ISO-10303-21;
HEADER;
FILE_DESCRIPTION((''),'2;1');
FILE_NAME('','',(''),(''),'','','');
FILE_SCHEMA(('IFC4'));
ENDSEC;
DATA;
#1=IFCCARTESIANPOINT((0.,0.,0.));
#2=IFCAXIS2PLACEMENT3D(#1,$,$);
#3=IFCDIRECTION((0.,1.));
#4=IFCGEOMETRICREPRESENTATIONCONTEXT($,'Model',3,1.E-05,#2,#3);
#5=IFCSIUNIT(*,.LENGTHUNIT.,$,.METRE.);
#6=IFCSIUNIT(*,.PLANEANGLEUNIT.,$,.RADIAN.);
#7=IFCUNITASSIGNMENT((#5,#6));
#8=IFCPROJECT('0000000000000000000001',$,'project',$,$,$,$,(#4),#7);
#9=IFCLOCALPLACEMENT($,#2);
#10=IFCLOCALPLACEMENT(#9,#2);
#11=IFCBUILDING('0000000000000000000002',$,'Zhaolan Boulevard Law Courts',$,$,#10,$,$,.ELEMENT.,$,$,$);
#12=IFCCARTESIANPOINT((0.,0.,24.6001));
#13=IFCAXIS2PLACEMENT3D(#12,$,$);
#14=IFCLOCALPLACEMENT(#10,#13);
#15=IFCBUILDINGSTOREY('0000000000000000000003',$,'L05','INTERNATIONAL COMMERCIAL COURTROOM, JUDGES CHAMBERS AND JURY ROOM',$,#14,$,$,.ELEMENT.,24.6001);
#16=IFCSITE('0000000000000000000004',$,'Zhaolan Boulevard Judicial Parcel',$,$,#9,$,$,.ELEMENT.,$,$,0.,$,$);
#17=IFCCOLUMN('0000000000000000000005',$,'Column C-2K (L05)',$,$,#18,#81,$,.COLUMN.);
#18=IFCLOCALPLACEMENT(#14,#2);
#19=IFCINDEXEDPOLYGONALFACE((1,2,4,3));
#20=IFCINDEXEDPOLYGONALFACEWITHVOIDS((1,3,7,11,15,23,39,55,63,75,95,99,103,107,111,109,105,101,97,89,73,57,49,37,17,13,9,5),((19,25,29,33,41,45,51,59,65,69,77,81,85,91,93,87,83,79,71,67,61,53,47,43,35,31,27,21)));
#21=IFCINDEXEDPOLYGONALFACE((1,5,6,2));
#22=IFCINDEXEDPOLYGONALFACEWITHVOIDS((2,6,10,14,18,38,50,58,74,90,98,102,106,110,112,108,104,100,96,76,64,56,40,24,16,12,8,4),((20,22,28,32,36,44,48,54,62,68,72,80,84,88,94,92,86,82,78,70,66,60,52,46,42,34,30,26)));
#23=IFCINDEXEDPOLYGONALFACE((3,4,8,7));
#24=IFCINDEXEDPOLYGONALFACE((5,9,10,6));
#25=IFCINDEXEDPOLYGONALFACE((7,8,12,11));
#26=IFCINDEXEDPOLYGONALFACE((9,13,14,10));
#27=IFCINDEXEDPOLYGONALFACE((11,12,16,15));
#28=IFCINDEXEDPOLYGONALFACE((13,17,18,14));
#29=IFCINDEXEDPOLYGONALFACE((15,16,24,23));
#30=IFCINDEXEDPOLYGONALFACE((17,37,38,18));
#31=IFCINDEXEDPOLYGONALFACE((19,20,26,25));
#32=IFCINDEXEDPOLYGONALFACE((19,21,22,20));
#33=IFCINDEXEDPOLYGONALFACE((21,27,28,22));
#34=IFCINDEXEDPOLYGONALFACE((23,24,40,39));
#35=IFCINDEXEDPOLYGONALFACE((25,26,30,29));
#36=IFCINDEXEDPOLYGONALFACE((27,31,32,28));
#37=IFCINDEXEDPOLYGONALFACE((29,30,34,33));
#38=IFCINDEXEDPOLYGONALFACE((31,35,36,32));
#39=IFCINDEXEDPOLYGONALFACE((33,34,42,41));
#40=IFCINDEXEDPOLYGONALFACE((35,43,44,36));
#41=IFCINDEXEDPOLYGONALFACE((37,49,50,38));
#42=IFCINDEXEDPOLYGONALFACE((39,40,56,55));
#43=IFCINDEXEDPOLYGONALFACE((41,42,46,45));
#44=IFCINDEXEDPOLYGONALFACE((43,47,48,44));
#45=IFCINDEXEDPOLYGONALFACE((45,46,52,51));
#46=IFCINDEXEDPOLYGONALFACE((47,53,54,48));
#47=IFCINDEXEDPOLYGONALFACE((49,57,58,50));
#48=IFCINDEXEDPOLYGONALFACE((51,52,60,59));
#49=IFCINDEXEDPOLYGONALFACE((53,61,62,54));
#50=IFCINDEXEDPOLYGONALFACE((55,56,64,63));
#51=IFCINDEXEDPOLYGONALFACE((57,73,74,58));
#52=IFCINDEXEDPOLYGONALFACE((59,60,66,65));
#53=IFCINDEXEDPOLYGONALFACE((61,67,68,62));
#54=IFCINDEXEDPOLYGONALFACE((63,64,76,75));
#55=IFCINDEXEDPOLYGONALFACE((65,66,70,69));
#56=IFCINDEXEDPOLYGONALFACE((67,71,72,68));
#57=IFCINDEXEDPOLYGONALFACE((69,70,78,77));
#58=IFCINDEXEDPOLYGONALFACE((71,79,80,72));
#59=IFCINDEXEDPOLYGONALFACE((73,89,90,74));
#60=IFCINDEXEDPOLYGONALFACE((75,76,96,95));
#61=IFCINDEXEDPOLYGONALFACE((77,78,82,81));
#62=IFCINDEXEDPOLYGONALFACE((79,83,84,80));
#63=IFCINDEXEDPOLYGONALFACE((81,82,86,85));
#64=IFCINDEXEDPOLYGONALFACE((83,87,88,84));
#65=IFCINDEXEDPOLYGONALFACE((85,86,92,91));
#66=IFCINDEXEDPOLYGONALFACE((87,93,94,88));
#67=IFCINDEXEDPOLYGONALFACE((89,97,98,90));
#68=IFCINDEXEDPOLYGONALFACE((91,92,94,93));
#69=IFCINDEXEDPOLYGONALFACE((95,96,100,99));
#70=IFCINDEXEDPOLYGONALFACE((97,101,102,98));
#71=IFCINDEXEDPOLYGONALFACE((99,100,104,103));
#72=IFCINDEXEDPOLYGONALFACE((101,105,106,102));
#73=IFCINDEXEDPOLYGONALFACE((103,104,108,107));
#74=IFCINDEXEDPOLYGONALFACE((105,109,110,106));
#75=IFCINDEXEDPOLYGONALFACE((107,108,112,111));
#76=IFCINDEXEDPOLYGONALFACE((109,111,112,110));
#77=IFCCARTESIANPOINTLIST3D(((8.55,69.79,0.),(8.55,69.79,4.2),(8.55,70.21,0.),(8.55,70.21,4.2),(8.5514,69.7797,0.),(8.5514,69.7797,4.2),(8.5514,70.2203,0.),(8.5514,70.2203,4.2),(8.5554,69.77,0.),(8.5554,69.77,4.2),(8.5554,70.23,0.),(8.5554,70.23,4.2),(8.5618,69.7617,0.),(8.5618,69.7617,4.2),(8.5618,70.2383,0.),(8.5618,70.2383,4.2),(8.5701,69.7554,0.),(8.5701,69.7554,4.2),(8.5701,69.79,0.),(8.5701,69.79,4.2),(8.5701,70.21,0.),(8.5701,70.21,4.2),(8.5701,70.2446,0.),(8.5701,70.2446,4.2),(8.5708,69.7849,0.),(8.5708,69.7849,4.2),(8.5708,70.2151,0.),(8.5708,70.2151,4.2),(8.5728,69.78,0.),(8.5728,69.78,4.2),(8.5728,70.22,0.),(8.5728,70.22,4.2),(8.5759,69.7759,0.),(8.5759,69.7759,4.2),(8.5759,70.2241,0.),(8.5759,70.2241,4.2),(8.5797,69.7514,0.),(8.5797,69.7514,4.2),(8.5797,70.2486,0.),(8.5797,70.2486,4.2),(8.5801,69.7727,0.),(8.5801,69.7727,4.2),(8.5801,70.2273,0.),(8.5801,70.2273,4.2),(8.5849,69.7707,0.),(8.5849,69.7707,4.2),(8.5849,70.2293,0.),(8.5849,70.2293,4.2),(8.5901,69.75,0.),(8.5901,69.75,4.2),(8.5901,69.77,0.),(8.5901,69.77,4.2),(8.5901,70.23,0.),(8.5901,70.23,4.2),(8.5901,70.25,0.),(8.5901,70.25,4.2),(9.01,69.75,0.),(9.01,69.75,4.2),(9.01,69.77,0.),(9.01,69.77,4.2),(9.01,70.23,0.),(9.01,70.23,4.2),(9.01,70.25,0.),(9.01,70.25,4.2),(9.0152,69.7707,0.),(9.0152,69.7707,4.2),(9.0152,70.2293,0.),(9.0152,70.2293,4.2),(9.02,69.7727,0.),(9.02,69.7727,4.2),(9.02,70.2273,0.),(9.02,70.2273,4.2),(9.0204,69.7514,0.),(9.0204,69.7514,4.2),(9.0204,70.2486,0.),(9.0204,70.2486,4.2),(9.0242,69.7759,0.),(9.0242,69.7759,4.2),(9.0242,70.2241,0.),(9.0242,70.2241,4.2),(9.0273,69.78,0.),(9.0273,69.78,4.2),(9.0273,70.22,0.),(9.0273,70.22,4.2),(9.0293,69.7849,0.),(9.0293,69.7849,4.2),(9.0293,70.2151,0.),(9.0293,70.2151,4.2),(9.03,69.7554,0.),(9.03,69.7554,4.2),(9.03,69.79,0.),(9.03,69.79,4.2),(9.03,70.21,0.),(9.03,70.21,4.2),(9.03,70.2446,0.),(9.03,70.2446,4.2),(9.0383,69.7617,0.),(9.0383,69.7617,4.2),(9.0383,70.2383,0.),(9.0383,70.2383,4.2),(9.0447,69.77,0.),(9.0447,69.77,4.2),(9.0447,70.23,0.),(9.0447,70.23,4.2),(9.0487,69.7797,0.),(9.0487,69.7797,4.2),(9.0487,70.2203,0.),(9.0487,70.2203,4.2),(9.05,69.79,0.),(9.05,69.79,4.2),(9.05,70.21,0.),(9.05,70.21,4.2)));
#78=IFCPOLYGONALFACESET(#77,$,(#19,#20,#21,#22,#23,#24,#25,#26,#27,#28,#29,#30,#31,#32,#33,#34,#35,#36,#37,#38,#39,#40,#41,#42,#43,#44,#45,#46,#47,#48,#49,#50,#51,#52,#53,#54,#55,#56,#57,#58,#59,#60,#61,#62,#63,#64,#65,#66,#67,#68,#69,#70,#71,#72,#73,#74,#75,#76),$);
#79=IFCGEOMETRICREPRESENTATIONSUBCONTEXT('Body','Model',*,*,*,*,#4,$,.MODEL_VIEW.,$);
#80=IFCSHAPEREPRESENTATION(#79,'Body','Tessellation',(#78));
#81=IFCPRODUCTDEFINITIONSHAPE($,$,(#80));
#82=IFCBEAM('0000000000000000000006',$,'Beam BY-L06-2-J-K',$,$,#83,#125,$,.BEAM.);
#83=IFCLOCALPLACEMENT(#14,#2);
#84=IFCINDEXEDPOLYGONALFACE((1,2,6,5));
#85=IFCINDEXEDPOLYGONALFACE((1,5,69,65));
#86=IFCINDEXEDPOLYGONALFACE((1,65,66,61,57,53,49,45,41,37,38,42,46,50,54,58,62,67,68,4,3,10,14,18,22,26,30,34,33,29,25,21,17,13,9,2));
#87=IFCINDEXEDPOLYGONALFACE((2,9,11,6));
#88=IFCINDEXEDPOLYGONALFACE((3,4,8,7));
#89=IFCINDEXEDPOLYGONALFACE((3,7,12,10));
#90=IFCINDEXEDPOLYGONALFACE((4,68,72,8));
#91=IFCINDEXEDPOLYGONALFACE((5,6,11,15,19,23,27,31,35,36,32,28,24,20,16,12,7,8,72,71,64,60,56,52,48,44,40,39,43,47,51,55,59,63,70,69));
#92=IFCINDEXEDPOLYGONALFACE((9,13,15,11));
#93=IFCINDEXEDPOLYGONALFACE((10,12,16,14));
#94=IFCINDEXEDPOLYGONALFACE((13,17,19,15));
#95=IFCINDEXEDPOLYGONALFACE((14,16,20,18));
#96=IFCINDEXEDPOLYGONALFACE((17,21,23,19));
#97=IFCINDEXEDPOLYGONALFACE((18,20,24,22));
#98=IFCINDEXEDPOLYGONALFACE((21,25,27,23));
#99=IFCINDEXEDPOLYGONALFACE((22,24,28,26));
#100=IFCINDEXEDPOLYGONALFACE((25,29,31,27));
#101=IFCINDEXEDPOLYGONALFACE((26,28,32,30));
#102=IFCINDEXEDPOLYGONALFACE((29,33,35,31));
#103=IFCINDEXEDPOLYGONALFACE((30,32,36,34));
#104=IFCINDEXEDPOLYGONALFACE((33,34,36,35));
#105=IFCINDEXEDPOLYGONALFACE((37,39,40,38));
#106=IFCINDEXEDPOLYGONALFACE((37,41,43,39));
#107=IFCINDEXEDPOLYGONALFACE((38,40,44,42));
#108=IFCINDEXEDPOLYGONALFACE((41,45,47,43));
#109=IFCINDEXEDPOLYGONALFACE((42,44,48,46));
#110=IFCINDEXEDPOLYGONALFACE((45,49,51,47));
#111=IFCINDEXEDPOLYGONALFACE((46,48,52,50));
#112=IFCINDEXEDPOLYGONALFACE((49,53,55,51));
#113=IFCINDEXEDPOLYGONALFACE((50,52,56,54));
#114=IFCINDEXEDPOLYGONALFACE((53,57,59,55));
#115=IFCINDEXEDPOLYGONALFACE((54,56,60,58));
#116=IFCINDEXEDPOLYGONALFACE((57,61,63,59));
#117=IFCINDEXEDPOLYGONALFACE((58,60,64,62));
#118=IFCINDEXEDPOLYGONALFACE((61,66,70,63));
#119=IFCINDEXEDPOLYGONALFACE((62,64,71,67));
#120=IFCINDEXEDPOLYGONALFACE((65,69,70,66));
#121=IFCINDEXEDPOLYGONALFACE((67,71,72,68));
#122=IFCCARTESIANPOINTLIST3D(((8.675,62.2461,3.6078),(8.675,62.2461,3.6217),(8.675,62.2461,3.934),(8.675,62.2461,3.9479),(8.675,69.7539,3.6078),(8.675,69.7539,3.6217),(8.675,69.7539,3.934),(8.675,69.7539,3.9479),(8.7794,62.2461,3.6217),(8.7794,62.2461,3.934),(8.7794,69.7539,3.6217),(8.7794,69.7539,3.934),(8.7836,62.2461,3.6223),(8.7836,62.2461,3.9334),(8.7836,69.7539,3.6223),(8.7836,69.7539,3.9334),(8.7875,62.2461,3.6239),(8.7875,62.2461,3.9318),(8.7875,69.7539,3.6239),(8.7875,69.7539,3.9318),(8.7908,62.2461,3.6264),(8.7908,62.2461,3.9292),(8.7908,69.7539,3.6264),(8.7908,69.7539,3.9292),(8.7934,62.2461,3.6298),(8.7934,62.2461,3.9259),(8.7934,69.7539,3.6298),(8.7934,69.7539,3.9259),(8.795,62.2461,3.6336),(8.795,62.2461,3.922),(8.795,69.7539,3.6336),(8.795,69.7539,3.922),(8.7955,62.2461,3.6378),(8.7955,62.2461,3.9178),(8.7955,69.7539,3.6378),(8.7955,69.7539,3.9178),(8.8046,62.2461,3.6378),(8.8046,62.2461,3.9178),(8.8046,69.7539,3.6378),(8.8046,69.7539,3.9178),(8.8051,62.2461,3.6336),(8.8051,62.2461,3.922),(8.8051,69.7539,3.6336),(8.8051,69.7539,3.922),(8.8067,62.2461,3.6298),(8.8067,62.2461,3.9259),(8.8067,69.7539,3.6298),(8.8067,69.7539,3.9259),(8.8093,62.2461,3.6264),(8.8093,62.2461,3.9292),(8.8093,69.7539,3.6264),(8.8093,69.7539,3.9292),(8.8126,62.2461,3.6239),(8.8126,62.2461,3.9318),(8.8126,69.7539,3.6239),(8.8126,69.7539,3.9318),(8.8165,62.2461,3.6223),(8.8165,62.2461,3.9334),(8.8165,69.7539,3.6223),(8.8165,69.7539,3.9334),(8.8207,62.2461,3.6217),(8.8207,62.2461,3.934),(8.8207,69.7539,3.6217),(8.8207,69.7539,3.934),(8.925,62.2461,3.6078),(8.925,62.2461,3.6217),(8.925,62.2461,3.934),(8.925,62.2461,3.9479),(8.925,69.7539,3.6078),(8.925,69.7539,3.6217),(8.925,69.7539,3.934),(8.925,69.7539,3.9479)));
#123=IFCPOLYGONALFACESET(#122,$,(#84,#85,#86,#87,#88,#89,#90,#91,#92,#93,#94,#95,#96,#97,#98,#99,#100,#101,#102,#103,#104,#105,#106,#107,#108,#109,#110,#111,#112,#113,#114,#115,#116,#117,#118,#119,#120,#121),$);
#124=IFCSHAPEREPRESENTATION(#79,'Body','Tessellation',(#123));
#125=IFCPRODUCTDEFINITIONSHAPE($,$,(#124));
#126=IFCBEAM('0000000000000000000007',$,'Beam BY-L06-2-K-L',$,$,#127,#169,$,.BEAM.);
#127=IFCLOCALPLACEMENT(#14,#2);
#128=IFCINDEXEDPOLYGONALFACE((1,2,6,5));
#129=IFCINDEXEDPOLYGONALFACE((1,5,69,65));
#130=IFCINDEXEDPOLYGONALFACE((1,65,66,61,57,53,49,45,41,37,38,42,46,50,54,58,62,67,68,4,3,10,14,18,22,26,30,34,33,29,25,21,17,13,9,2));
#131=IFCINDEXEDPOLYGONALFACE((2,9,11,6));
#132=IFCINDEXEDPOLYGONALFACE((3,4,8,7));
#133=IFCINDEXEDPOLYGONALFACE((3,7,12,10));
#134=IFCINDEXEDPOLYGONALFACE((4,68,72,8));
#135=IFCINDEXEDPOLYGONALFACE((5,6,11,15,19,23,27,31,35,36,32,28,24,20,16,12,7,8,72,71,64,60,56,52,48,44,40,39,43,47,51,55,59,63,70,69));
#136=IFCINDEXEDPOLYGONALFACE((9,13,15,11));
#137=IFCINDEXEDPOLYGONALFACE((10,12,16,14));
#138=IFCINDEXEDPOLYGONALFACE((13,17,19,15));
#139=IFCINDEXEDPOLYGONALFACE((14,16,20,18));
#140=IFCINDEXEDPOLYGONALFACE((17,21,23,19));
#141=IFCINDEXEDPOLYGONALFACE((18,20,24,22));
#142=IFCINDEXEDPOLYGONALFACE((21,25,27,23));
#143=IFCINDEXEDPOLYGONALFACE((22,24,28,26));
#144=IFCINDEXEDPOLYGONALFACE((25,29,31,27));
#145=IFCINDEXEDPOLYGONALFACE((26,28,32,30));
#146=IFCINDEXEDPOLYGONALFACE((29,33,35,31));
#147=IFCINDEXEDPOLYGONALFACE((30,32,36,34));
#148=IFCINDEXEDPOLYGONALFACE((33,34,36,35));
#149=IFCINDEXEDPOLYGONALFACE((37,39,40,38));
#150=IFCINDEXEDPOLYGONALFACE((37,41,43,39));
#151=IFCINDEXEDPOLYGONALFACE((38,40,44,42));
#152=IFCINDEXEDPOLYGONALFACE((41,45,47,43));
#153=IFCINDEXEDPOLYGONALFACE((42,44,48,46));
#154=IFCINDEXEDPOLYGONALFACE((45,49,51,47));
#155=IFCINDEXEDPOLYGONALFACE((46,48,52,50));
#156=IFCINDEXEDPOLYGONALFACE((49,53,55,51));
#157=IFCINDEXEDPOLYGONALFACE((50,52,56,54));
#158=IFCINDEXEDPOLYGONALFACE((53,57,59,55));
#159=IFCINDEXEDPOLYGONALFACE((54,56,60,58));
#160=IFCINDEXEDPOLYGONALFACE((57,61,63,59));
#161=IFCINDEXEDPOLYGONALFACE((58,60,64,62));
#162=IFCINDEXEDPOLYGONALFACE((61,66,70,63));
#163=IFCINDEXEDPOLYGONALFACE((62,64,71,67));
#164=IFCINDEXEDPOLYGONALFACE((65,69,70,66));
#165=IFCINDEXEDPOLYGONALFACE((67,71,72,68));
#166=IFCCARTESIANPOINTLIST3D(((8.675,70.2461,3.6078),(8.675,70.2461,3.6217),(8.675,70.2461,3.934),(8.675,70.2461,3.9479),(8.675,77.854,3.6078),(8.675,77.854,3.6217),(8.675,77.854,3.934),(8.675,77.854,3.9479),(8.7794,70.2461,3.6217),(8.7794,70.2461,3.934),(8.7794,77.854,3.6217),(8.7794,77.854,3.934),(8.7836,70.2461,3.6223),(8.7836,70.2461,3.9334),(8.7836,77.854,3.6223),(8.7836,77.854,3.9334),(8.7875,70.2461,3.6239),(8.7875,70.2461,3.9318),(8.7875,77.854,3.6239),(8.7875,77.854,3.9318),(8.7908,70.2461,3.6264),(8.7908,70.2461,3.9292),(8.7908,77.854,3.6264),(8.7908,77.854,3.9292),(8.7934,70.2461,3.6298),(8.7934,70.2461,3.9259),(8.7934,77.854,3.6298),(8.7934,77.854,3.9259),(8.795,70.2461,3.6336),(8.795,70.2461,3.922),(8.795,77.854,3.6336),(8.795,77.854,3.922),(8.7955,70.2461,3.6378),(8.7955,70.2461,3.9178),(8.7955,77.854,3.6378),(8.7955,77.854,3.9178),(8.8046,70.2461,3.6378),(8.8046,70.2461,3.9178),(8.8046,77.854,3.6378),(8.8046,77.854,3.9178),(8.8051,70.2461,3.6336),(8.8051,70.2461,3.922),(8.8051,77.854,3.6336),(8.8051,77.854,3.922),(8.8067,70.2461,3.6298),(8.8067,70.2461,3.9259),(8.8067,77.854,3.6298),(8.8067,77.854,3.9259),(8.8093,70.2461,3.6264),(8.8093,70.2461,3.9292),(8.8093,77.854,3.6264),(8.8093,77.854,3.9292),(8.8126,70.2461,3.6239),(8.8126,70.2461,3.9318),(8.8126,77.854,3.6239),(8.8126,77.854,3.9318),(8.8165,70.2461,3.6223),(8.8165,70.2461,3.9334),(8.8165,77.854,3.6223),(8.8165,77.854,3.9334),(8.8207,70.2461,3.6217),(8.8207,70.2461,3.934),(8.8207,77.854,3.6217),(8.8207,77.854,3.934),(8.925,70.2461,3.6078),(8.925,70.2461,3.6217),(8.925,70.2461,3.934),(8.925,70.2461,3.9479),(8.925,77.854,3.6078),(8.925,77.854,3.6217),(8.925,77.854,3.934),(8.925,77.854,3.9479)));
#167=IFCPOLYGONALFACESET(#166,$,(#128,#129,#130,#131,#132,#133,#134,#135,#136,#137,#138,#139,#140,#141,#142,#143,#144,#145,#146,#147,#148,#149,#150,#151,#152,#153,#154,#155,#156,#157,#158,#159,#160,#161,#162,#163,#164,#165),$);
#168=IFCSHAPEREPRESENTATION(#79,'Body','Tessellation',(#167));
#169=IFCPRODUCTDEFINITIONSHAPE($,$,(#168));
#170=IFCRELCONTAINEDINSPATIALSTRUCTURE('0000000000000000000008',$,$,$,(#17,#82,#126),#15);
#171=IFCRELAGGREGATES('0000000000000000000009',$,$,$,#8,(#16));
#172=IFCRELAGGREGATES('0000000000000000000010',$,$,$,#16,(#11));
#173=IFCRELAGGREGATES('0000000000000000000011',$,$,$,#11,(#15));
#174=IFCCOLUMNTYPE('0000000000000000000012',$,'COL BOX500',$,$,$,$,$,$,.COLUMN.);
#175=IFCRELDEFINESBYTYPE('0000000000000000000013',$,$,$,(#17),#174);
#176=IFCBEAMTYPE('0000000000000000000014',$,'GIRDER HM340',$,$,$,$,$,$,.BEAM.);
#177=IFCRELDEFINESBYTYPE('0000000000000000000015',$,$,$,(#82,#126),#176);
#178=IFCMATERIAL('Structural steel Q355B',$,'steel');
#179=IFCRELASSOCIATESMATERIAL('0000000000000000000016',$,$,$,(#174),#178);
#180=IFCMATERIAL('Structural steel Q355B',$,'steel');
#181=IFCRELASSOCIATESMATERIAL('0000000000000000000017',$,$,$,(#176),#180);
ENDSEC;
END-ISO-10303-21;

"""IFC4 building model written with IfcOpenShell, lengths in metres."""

from ifc_helpers import new_model, si_unit, direction, frame, origin, origin_2d, place, context, subcontext, project, spatial, hollow_rectangle, i_section, extrude, material, material_profile, profile_set, type_object, element, save


model = new_model("IFC4")

# Units and contexts
model_context = context("Model", 3, precision=1e-05, world=origin(), true_north=direction((0.0, 1.0)))
body_context = subcontext(model_context, "Body", "Model", "MODEL_VIEW")
ifc_project = project(units=[si_unit("LENGTHUNIT", "METRE"), si_unit("PLANEANGLEUNIT", "RADIAN")], contexts=[model_context])

# Site, building, storey
site_placement = place(None, origin())
site = spatial("IfcSite", under=ifc_project, at=site_placement, Name="Zhaolan Boulevard Judicial Parcel", CompositionType="ELEMENT", RefElevation=0.0)
building_placement = place(site_placement, origin())
building = spatial("IfcBuilding", under=site, at=building_placement, Name="Zhaolan Boulevard Law Courts", CompositionType="ELEMENT")
storey_placement = place(building_placement, frame((0.0, 0.0, 24.6001)))
storey = spatial("IfcBuildingStorey", under=building, at=storey_placement, Name="L05", Description="INTERNATIONAL COMMERCIAL COURTROOM, JUDGES CHAMBERS AND JURY ROOM", CompositionType="ELEMENT", Elevation=24.6001)

# Column
ifc_material_1 = material(Name="Structural steel Q355B", Category="steel")
ifc_material_profile_1 = material_profile(ifc_material_1, hollow_rectangle(XDim=0.5, YDim=0.5, WallThickness=0.02, InnerFilletRadius=0.02, OuterFilletRadius=0.04, at=origin_2d()), Name="BOX500x500x20")
ifc_profile_set_1 = profile_set([ifc_material_profile_1], Name="Structural steel Q355B")
column_type = type_object("IfcColumnType", Name="COL BOX500", PredefinedType="COLUMN", material=ifc_profile_set_1)
column_placement = place(storey_placement, frame((8.8, 70.0, 0.0), z_axis=(0.0, 0.0, 1.0), x_axis=(1.0, 0.0, 0.0)))
element("IfcColumn", 1, at=column_placement, inside=storey, type_object=column_type, Name="Column C-2K (L05)", PredefinedType="COLUMN", context=body_context, shape_type="SweptSolid", body=[
    extrude(hollow_rectangle(XDim=0.5, YDim=0.5, WallThickness=0.02, InnerFilletRadius=0.02, OuterFilletRadius=0.04, at=origin_2d()), origin(), (0.0, 0.0, 1.0), 4.2),
])

# Beams
ifc_material_2 = material(Name="Structural steel Q355B", Category="steel")
ifc_material_profile_2 = material_profile(ifc_material_2, i_section(OverallWidth=0.25, OverallDepth=0.3401, WebThickness=0.009, FlangeThickness=0.0139, FilletRadius=0.0161, at=origin_2d()), Name="HM340x250")
ifc_profile_set_2 = profile_set([ifc_material_profile_2], Name="Structural steel Q355B")
beam_type_1 = type_object("IfcBeamType", Name="GIRDER HM340", PredefinedType="BEAM", material=ifc_profile_set_2)
beam_1_placement = place(storey_placement, frame((8.8, 62.2461, 3.7778), z_axis=(0.0, 1.0, 0.0), x_axis=(-1.0, 0.0, 0.0)))
element("IfcBeam", 2, at=beam_1_placement, inside=storey, type_object=beam_type_1, Name="Beam BY-L06-2-J-K", PredefinedType="BEAM", context=body_context, shape_type="SweptSolid", body=[
    extrude(i_section(OverallWidth=0.25, OverallDepth=0.3401, WebThickness=0.009, FlangeThickness=0.0139, FilletRadius=0.0161, at=origin_2d()), origin(), (0.0, 0.0, 1.0), 7.5078),
])
beam_2_placement = place(storey_placement, frame((8.8, 70.2461, 3.7778), z_axis=(0.0, 1.0, 0.0), x_axis=(-1.0, 0.0, 0.0)))
element("IfcBeam", 3, at=beam_2_placement, inside=storey, type_object=beam_type_1, Name="Beam BY-L06-2-K-L", PredefinedType="BEAM", context=body_context, shape_type="SweptSolid", body=[
    extrude(i_section(OverallWidth=0.25, OverallDepth=0.3401, WebThickness=0.009, FlangeThickness=0.0139, FilletRadius=0.0161, at=origin_2d()), origin(), (0.0, 0.0, 1.0), 7.6079),
])

save(model, "model.ifc")
